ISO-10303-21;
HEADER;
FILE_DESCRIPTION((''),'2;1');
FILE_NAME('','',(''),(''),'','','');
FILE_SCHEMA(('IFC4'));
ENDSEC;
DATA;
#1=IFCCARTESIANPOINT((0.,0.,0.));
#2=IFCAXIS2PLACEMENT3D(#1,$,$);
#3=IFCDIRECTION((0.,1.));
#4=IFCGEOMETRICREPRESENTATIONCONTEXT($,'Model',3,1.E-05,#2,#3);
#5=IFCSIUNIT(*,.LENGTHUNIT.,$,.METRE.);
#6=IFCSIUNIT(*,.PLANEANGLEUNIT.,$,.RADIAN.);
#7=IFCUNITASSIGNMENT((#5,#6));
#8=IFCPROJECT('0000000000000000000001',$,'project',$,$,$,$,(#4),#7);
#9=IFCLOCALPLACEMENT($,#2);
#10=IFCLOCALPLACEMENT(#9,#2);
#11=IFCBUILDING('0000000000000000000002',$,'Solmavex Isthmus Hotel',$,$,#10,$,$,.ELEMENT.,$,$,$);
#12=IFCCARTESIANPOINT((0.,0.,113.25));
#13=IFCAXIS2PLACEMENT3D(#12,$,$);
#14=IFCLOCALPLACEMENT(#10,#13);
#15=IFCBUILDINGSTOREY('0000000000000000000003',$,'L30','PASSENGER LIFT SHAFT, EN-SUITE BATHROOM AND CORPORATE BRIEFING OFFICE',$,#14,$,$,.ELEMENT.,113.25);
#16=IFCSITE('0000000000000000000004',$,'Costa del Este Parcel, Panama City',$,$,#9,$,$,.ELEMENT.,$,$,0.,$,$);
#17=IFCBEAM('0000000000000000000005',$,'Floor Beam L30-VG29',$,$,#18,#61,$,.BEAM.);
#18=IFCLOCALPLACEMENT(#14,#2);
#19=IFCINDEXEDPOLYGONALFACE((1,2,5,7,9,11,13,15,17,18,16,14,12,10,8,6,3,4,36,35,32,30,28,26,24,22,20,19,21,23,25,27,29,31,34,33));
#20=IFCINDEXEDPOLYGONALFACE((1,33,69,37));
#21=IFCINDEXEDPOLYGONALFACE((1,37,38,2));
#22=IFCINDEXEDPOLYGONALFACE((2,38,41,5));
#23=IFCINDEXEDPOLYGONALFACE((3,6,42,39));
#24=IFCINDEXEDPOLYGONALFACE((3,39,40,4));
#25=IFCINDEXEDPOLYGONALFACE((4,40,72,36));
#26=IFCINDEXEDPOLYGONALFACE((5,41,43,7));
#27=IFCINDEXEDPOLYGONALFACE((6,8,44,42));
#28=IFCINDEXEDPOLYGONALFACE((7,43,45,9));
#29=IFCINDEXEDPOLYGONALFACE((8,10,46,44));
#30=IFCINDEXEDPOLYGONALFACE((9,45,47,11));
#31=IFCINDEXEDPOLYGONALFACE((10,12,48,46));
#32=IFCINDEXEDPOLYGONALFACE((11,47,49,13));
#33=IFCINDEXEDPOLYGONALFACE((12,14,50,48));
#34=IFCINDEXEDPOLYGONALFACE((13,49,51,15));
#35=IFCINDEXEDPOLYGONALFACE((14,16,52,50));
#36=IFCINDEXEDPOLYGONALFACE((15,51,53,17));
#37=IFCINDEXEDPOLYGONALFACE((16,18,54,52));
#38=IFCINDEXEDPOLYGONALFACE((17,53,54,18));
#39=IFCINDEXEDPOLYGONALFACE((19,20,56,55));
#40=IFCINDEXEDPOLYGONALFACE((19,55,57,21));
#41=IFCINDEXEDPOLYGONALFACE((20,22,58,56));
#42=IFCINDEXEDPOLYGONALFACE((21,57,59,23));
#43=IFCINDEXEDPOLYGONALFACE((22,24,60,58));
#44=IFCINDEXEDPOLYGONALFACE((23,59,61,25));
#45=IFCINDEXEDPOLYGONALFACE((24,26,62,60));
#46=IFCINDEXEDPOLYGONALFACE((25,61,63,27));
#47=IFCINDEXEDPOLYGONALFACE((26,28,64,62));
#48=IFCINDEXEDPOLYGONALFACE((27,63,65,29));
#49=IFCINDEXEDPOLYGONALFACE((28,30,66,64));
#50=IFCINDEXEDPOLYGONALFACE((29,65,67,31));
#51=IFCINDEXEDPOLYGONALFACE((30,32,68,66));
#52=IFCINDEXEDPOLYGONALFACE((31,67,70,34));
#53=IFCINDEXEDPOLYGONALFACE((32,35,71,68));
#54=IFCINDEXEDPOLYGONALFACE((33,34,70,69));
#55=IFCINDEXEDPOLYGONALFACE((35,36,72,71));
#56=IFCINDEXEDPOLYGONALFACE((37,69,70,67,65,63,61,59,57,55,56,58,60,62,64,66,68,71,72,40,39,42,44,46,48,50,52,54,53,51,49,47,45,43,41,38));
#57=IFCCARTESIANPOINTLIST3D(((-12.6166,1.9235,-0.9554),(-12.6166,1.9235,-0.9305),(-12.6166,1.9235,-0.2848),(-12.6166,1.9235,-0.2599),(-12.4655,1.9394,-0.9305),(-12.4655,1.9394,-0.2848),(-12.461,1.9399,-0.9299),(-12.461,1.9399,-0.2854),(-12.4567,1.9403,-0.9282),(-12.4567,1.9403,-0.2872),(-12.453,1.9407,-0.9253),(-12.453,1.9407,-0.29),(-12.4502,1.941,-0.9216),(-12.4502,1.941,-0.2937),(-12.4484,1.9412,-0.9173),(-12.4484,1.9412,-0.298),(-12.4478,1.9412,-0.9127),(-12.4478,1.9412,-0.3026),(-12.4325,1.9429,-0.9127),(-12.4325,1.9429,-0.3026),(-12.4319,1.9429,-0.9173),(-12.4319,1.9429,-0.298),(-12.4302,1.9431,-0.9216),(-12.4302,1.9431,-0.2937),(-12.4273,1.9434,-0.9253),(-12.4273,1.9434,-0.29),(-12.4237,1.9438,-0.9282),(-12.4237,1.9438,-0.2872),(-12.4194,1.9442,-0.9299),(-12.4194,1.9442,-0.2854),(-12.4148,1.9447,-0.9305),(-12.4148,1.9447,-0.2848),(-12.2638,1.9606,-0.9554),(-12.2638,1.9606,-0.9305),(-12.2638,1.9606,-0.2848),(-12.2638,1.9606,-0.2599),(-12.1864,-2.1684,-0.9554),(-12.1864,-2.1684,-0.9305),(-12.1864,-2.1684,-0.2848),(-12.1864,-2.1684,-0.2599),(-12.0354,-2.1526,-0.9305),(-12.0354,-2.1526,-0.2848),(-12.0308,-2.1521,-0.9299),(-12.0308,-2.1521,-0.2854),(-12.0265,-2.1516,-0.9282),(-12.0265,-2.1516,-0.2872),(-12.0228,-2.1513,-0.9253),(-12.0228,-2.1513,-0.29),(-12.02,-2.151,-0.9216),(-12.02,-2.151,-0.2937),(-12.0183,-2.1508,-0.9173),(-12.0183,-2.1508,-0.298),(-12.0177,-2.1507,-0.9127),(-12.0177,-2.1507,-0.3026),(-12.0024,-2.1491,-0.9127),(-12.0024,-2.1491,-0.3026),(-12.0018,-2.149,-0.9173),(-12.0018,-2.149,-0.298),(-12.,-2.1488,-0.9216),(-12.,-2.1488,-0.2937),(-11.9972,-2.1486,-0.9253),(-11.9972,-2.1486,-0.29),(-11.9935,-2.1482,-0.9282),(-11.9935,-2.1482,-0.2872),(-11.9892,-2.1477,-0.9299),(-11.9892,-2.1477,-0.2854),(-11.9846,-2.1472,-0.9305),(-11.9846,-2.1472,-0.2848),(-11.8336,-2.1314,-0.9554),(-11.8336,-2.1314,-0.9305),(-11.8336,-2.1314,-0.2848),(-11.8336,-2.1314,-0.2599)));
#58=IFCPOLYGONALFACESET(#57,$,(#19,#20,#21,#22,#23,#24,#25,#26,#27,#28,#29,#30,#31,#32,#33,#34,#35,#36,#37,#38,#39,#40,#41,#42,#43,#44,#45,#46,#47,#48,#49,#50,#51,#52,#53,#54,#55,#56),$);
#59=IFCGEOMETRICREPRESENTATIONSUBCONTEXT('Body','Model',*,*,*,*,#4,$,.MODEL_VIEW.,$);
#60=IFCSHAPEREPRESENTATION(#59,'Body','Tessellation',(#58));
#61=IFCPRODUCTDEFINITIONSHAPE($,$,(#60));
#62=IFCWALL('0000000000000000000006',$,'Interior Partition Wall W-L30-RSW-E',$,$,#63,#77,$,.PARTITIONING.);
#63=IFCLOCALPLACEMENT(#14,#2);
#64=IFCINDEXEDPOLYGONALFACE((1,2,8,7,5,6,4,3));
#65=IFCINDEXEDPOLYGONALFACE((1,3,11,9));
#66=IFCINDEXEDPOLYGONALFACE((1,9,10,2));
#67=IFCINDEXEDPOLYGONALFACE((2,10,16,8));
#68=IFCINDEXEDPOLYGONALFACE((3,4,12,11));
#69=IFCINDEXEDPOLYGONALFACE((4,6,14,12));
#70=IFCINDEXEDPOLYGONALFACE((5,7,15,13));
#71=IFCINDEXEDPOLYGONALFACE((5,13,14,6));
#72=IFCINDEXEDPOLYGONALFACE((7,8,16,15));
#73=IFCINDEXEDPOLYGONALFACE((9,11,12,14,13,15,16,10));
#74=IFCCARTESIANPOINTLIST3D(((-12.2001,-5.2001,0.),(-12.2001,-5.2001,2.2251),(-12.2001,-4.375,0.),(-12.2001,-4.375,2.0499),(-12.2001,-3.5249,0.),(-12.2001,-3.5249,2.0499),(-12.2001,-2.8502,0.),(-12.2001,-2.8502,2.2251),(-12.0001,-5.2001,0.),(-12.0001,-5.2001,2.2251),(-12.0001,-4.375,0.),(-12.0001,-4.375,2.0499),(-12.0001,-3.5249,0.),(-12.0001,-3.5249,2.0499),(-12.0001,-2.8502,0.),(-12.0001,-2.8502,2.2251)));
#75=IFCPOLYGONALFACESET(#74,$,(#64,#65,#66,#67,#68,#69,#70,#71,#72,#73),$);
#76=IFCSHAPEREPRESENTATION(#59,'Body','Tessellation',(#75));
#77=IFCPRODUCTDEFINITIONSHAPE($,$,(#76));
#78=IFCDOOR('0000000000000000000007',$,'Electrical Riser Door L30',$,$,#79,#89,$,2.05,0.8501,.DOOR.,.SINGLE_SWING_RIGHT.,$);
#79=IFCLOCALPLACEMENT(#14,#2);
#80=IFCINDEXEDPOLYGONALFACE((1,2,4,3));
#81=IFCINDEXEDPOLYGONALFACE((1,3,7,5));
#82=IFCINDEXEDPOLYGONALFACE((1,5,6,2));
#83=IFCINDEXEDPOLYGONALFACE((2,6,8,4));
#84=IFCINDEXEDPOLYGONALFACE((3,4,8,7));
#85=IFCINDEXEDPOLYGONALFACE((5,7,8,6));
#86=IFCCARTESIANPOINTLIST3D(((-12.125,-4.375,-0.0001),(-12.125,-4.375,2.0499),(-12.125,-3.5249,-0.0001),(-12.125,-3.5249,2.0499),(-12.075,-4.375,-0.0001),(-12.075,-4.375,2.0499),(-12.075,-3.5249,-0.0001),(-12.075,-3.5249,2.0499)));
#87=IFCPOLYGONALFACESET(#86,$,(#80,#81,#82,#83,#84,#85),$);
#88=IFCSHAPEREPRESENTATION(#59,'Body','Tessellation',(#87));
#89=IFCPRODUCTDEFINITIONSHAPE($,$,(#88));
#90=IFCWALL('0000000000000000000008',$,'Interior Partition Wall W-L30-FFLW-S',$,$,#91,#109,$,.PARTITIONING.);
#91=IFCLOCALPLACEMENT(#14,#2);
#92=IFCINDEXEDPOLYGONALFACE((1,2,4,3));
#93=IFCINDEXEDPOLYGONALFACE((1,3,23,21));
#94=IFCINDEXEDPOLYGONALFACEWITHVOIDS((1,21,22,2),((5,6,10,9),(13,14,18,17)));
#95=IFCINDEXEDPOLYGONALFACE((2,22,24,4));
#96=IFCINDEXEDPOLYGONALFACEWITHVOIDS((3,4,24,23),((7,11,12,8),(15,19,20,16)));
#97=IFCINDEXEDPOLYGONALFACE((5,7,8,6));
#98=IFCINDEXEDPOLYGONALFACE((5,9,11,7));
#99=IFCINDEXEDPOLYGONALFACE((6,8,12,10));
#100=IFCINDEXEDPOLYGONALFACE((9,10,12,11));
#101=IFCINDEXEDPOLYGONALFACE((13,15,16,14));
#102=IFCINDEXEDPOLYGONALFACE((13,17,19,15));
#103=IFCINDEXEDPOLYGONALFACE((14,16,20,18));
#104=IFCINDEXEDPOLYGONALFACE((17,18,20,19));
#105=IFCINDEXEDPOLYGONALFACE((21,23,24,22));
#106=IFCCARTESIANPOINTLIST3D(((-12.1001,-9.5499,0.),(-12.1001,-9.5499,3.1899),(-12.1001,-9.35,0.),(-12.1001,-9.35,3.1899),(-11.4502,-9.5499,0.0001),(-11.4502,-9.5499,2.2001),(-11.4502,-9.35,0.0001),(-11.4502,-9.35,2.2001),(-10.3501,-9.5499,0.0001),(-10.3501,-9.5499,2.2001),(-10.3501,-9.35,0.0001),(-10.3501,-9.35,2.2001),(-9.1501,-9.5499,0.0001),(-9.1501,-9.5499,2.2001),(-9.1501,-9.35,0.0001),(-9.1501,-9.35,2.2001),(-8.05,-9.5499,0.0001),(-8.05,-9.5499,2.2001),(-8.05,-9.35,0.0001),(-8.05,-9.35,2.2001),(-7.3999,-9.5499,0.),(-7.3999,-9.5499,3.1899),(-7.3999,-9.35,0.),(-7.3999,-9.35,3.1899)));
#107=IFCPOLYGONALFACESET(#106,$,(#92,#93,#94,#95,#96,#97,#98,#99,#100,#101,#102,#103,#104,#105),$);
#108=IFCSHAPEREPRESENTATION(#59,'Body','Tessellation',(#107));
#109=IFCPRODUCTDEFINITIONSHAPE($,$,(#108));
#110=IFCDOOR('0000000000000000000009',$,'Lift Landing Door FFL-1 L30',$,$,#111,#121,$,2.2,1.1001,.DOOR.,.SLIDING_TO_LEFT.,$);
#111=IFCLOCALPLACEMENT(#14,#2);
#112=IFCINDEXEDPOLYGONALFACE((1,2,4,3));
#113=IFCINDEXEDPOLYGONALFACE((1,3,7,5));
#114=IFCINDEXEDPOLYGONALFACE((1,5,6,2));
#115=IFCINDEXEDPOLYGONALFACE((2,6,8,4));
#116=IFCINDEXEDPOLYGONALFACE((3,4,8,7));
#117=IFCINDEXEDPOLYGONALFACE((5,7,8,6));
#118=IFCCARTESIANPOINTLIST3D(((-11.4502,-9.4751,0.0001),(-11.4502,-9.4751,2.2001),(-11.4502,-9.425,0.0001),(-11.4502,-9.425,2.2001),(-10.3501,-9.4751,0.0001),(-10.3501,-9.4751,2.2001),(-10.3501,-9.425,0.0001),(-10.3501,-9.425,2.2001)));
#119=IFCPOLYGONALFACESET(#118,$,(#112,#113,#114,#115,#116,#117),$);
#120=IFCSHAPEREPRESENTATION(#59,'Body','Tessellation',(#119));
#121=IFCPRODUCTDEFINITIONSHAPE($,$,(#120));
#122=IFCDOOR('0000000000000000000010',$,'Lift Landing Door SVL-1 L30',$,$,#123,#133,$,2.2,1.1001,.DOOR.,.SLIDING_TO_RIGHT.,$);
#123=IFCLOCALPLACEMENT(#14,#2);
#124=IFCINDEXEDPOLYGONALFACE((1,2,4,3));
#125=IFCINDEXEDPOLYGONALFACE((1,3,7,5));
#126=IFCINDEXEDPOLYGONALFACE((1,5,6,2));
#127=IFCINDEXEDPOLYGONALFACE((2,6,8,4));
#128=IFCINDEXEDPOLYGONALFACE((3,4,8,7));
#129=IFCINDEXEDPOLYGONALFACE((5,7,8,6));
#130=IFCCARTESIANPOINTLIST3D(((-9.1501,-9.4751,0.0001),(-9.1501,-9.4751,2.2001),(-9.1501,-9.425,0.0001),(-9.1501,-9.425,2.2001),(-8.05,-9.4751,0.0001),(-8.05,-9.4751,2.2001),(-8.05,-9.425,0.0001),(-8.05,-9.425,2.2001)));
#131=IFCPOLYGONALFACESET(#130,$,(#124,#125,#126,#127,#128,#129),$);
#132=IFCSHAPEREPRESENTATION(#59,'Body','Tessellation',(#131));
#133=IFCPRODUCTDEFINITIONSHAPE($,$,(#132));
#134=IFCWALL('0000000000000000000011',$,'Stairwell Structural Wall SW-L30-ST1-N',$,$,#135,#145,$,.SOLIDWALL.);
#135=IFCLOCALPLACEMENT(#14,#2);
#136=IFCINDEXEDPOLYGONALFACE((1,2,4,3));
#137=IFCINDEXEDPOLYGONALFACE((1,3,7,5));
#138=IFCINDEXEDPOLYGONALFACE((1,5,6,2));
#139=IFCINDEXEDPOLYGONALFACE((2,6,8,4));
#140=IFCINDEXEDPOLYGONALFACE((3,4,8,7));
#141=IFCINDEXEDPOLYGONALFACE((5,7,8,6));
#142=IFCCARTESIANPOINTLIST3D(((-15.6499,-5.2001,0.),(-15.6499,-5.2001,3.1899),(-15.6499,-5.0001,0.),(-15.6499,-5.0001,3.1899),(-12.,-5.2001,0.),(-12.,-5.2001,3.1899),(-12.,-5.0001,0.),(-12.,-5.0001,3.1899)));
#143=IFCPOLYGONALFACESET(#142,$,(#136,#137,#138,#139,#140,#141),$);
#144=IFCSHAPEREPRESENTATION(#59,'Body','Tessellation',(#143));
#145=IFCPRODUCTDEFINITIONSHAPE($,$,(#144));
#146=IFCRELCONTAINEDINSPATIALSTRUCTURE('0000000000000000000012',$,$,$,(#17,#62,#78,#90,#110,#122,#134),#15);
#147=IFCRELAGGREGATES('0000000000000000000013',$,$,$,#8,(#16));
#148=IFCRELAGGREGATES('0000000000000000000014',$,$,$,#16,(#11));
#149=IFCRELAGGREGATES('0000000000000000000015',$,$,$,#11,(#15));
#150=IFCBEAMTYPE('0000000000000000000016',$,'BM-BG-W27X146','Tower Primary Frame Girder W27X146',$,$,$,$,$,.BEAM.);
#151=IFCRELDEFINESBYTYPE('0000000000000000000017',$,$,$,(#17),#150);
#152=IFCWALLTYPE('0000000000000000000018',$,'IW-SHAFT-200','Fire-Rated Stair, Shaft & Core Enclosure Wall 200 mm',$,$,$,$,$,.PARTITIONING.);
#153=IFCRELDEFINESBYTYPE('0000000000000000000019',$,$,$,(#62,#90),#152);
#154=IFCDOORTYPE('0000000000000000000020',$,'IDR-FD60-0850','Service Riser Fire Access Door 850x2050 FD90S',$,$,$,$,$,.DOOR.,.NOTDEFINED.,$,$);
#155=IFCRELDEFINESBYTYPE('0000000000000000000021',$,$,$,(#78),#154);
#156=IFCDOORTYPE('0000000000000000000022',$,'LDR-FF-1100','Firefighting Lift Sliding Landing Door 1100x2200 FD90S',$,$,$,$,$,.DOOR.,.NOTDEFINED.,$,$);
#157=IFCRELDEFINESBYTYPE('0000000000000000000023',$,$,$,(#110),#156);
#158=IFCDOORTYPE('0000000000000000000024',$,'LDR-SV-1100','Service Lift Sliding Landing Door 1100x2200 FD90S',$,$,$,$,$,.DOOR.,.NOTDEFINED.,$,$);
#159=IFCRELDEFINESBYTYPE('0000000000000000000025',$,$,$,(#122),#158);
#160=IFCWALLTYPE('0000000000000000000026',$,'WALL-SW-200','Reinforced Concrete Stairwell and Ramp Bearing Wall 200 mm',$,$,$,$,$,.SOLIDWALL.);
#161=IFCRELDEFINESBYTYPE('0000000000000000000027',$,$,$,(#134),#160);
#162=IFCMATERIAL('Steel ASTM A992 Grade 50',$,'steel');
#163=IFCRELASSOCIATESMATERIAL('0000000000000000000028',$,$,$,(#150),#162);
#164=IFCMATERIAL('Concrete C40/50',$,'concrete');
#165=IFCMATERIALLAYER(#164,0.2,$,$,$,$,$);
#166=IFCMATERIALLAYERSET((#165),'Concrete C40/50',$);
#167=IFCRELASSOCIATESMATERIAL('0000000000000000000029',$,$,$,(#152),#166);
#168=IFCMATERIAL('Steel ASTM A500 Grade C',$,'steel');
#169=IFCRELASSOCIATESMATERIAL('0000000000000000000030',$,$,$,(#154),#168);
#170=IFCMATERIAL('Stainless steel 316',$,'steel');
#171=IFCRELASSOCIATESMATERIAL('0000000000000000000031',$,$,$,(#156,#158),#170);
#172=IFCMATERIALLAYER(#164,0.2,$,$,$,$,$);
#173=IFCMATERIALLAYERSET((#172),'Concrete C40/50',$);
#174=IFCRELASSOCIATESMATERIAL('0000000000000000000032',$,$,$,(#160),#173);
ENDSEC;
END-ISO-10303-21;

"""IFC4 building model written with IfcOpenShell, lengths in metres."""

from ifc_helpers import new_model, si_unit, direction, frame, frame_2d, origin, origin_2d, place, context, subcontext, project, spatial, rectangle, i_section, extrude, material, layer, layer_set, material_profile, profile_set, type_object, element, fill, save


model = new_model("IFC4")

# Units and contexts
model_context = context("Model", 3, precision=1e-05, world=origin(), true_north=direction((0.0, 1.0)))
body_context = subcontext(model_context, "Body", "Model", "MODEL_VIEW")
ifc_project = project(units=[si_unit("LENGTHUNIT", "METRE"), si_unit("PLANEANGLEUNIT", "RADIAN")], contexts=[model_context])

# Site, building, storey
site_placement = place(None, origin())
site = spatial("IfcSite", under=ifc_project, at=site_placement, Name="Costa del Este Parcel, Panama City", CompositionType="ELEMENT", RefElevation=0.0)
building_placement = place(site_placement, origin())
building = spatial("IfcBuilding", under=site, at=building_placement, Name="Solmavex Isthmus Hotel", CompositionType="ELEMENT")
storey_placement = place(building_placement, frame((0.0, 0.0, 113.25)))
storey = spatial("IfcBuildingStorey", under=building, at=storey_placement, Name="L30", Description="PASSENGER LIFT SHAFT, EN-SUITE BATHROOM AND CORPORATE BRIEFING OFFICE", CompositionType="ELEMENT", Elevation=113.25)

# Beam
ifc_material_1 = material(Name="Steel ASTM A992 Grade 50", Category="steel")
ifc_material_profile = material_profile(ifc_material_1, i_section(OverallWidth=0.3547, OverallDepth=0.6956, WebThickness=0.0154, FlangeThickness=0.0249, FilletRadius=0.0178, at=origin_2d()), Name="W27X146")
ifc_profile_set = profile_set([ifc_material_profile], Name="Steel ASTM A992 Grade 50")
beam_type = type_object("IfcBeamType", Name="BM-BG-W27X146", Description="Tower Primary Frame Girder W27X146", PredefinedType="BEAM", material=ifc_profile_set)
beam_placement = place(storey_placement, frame((-12.01, -2.1499, -0.6077), z_axis=(-0.104549, 0.99452, 0.0), x_axis=(-0.99452, -0.104549, 0.0)))
element("IfcBeam", 1, at=beam_placement, inside=storey, type_object=beam_type, Name="Floor Beam L30-VG29", PredefinedType="BEAM", context=body_context, shape_type="SweptSolid", body=[
    extrude(i_section(OverallWidth=0.3547, OverallDepth=0.6956, WebThickness=0.0154, FlangeThickness=0.0249, FilletRadius=0.0178, at=origin_2d()), origin(), (0.0, 0.0, 1.0), 4.1145),
])

# Wall, opening, door
ifc_material_2 = material(Name="Concrete C40/50", Category="concrete")
ifc_layer_1 = layer(ifc_material_2, 0.2)
ifc_layer_set_1 = layer_set([ifc_layer_1], Name="Concrete C40/50")
wall_type_1 = type_object("IfcWallType", Name="IW-SHAFT-200", Description="Fire-Rated Stair, Shaft & Core Enclosure Wall 200 mm", PredefinedType="PARTITIONING", material=ifc_layer_set_1)
wall_1_placement = place(storey_placement, frame((-12.1001, -5.2, 0.0), z_axis=(0.0, 0.0, 1.0), x_axis=(0.0, 1.0, 0.0)))
wall_1 = element("IfcWall", 2, at=wall_1_placement, inside=storey, type_object=wall_type_1, Name="Interior Partition Wall W-L30-RSW-E", PredefinedType="PARTITIONING", context=body_context, shape_type="SweptSolid", body=[
    extrude(rectangle(XDim=2.3499, YDim=0.2, at=frame_2d((1.1748, 0.0))), origin(), (0.0, 0.0, 1.0), 2.2251),
])
opening_1_placement = place(wall_1_placement, frame((0.825, 0.0, 0.0)))
opening_1 = element("IfcOpeningElement", 3, at=opening_1_placement, cuts=wall_1, PredefinedType="OPENING", context=body_context, shape_type="SweptSolid", body=[
    extrude(rectangle(XDim=0.8501, YDim=2.05, at=frame_2d((0.425, 1.0249))), frame((0.0, 0.1099, 0.0), z_axis=(0.0, -1.0, 0.0), x_axis=(1.0, 0.0, 0.0)), (0.0, 0.0, 1.0), 0.22),
])
ifc_material_3 = material(Name="Steel ASTM A500 Grade C", Category="steel")
door_type_1 = type_object("IfcDoorType", Name="IDR-FD60-0850", Description="Service Riser Fire Access Door 850x2050 FD90S", OperationType="NOTDEFINED", PredefinedType="DOOR", material=ifc_material_3)
door_1_placement = place(opening_1_placement, origin())
door_1 = element("IfcDoor", 4, at=door_1_placement, inside=storey, type_object=door_type_1, Name="Electrical Riser Door L30", OperationType="SINGLE_SWING_RIGHT", OverallHeight=2.05, OverallWidth=0.8501, PredefinedType="DOOR", context=body_context, shape_type="SweptSolid", body=[
    extrude(rectangle(XDim=0.8501, YDim=2.05, at=frame_2d((0.425, 1.0249))), frame((0.0, 0.0249, 0.0), z_axis=(0.0, -1.0, 0.0), x_axis=(1.0, 0.0, 0.0)), (0.0, 0.0, 1.0), 0.05),
])
fill(opening_1, door_1)

# Wall, openings, doors
wall_2_placement = place(storey_placement, frame((-12.1001, -9.45, 0.0), z_axis=(0.0, 0.0, 1.0), x_axis=(1.0, 0.0, 0.0)))
wall_2 = element("IfcWall", 5, at=wall_2_placement, inside=storey, type_object=wall_type_1, Name="Interior Partition Wall W-L30-FFLW-S", PredefinedType="PARTITIONING", context=body_context, shape_type="SweptSolid", body=[
    extrude(rectangle(XDim=4.7002, YDim=0.2, at=frame_2d((2.3501, 0.0))), origin(), (0.0, 0.0, 1.0), 3.1899),
])
opening_2_placement = place(wall_2_placement, frame((0.6499, 0.0, 0.0)))
opening_2 = element("IfcOpeningElement", 6, at=opening_2_placement, cuts=wall_2, PredefinedType="OPENING", context=body_context, shape_type="SweptSolid", body=[
    extrude(rectangle(XDim=1.1001, YDim=2.2, at=frame_2d((0.55, 1.1001))), frame((0.0, 0.1099, 0.0), z_axis=(0.0, -1.0, 0.0), x_axis=(1.0, 0.0, 0.0)), (0.0, 0.0, 1.0), 0.22),
])
opening_3_placement = place(wall_2_placement, frame((2.95, 0.0, 0.0)))
opening_3 = element("IfcOpeningElement", 7, at=opening_3_placement, cuts=wall_2, PredefinedType="OPENING", context=body_context, shape_type="SweptSolid", body=[
    extrude(rectangle(XDim=1.1001, YDim=2.2, at=frame_2d((0.55, 1.1001))), frame((0.0, 0.1099, 0.0), z_axis=(0.0, -1.0, 0.0), x_axis=(1.0, 0.0, 0.0)), (0.0, 0.0, 1.0), 0.22),
])
ifc_material_4 = material(Name="Stainless steel 316", Category="steel")
door_type_2 = type_object("IfcDoorType", Name="LDR-FF-1100", Description="Firefighting Lift Sliding Landing Door 1100x2200 FD90S", OperationType="NOTDEFINED", PredefinedType="DOOR", material=ifc_material_4)
door_2_placement = place(opening_2_placement, origin())
door_2 = element("IfcDoor", 8, at=door_2_placement, inside=storey, type_object=door_type_2, Name="Lift Landing Door FFL-1 L30", OperationType="SLIDING_TO_LEFT", OverallHeight=2.2, OverallWidth=1.1001, PredefinedType="DOOR", context=body_context, shape_type="SweptSolid", body=[
    extrude(rectangle(XDim=1.1001, YDim=2.2, at=frame_2d((0.55, 1.1001))), frame((0.0, 0.0249, 0.0), z_axis=(0.0, -1.0, 0.0), x_axis=(1.0, 0.0, 0.0)), (0.0, 0.0, 1.0), 0.05),
])
fill(opening_2, door_2)
door_type_3 = type_object("IfcDoorType", Name="LDR-SV-1100", Description="Service Lift Sliding Landing Door 1100x2200 FD90S", OperationType="NOTDEFINED", PredefinedType="DOOR", material=ifc_material_4)
door_3_placement = place(opening_3_placement, origin())
door_3 = element("IfcDoor", 9, at=door_3_placement, inside=storey, type_object=door_type_3, Name="Lift Landing Door SVL-1 L30", OperationType="SLIDING_TO_RIGHT", OverallHeight=2.2, OverallWidth=1.1001, PredefinedType="DOOR", context=body_context, shape_type="SweptSolid", body=[
    extrude(rectangle(XDim=1.1001, YDim=2.2, at=frame_2d((0.55, 1.1001))), frame((0.0, 0.0249, 0.0), z_axis=(0.0, -1.0, 0.0), x_axis=(1.0, 0.0, 0.0)), (0.0, 0.0, 1.0), 0.05),
])
fill(opening_3, door_3)

# Wall
ifc_layer_2 = layer(ifc_material_2, 0.2)
ifc_layer_set_2 = layer_set([ifc_layer_2], Name="Concrete C40/50")
wall_type_2 = type_object("IfcWallType", Name="WALL-SW-200", Description="Reinforced Concrete Stairwell and Ramp Bearing Wall 200 mm", PredefinedType="SOLIDWALL", material=ifc_layer_set_2)
wall_3_placement = place(storey_placement, frame((-15.6499, -5.1001, 0.0), z_axis=(0.0, 0.0, 1.0), x_axis=(1.0, 0.0, 0.0)))
element("IfcWall", 10, at=wall_3_placement, inside=storey, type_object=wall_type_2, Name="Stairwell Structural Wall SW-L30-ST1-N", PredefinedType="SOLIDWALL", context=body_context, shape_type="SweptSolid", body=[
    extrude(rectangle(XDim=3.6499, YDim=0.2, at=frame_2d((1.825, 0.0))), origin(), (0.0, 0.0, 1.0), 3.1899),
])

save(model, "model.ifc")
